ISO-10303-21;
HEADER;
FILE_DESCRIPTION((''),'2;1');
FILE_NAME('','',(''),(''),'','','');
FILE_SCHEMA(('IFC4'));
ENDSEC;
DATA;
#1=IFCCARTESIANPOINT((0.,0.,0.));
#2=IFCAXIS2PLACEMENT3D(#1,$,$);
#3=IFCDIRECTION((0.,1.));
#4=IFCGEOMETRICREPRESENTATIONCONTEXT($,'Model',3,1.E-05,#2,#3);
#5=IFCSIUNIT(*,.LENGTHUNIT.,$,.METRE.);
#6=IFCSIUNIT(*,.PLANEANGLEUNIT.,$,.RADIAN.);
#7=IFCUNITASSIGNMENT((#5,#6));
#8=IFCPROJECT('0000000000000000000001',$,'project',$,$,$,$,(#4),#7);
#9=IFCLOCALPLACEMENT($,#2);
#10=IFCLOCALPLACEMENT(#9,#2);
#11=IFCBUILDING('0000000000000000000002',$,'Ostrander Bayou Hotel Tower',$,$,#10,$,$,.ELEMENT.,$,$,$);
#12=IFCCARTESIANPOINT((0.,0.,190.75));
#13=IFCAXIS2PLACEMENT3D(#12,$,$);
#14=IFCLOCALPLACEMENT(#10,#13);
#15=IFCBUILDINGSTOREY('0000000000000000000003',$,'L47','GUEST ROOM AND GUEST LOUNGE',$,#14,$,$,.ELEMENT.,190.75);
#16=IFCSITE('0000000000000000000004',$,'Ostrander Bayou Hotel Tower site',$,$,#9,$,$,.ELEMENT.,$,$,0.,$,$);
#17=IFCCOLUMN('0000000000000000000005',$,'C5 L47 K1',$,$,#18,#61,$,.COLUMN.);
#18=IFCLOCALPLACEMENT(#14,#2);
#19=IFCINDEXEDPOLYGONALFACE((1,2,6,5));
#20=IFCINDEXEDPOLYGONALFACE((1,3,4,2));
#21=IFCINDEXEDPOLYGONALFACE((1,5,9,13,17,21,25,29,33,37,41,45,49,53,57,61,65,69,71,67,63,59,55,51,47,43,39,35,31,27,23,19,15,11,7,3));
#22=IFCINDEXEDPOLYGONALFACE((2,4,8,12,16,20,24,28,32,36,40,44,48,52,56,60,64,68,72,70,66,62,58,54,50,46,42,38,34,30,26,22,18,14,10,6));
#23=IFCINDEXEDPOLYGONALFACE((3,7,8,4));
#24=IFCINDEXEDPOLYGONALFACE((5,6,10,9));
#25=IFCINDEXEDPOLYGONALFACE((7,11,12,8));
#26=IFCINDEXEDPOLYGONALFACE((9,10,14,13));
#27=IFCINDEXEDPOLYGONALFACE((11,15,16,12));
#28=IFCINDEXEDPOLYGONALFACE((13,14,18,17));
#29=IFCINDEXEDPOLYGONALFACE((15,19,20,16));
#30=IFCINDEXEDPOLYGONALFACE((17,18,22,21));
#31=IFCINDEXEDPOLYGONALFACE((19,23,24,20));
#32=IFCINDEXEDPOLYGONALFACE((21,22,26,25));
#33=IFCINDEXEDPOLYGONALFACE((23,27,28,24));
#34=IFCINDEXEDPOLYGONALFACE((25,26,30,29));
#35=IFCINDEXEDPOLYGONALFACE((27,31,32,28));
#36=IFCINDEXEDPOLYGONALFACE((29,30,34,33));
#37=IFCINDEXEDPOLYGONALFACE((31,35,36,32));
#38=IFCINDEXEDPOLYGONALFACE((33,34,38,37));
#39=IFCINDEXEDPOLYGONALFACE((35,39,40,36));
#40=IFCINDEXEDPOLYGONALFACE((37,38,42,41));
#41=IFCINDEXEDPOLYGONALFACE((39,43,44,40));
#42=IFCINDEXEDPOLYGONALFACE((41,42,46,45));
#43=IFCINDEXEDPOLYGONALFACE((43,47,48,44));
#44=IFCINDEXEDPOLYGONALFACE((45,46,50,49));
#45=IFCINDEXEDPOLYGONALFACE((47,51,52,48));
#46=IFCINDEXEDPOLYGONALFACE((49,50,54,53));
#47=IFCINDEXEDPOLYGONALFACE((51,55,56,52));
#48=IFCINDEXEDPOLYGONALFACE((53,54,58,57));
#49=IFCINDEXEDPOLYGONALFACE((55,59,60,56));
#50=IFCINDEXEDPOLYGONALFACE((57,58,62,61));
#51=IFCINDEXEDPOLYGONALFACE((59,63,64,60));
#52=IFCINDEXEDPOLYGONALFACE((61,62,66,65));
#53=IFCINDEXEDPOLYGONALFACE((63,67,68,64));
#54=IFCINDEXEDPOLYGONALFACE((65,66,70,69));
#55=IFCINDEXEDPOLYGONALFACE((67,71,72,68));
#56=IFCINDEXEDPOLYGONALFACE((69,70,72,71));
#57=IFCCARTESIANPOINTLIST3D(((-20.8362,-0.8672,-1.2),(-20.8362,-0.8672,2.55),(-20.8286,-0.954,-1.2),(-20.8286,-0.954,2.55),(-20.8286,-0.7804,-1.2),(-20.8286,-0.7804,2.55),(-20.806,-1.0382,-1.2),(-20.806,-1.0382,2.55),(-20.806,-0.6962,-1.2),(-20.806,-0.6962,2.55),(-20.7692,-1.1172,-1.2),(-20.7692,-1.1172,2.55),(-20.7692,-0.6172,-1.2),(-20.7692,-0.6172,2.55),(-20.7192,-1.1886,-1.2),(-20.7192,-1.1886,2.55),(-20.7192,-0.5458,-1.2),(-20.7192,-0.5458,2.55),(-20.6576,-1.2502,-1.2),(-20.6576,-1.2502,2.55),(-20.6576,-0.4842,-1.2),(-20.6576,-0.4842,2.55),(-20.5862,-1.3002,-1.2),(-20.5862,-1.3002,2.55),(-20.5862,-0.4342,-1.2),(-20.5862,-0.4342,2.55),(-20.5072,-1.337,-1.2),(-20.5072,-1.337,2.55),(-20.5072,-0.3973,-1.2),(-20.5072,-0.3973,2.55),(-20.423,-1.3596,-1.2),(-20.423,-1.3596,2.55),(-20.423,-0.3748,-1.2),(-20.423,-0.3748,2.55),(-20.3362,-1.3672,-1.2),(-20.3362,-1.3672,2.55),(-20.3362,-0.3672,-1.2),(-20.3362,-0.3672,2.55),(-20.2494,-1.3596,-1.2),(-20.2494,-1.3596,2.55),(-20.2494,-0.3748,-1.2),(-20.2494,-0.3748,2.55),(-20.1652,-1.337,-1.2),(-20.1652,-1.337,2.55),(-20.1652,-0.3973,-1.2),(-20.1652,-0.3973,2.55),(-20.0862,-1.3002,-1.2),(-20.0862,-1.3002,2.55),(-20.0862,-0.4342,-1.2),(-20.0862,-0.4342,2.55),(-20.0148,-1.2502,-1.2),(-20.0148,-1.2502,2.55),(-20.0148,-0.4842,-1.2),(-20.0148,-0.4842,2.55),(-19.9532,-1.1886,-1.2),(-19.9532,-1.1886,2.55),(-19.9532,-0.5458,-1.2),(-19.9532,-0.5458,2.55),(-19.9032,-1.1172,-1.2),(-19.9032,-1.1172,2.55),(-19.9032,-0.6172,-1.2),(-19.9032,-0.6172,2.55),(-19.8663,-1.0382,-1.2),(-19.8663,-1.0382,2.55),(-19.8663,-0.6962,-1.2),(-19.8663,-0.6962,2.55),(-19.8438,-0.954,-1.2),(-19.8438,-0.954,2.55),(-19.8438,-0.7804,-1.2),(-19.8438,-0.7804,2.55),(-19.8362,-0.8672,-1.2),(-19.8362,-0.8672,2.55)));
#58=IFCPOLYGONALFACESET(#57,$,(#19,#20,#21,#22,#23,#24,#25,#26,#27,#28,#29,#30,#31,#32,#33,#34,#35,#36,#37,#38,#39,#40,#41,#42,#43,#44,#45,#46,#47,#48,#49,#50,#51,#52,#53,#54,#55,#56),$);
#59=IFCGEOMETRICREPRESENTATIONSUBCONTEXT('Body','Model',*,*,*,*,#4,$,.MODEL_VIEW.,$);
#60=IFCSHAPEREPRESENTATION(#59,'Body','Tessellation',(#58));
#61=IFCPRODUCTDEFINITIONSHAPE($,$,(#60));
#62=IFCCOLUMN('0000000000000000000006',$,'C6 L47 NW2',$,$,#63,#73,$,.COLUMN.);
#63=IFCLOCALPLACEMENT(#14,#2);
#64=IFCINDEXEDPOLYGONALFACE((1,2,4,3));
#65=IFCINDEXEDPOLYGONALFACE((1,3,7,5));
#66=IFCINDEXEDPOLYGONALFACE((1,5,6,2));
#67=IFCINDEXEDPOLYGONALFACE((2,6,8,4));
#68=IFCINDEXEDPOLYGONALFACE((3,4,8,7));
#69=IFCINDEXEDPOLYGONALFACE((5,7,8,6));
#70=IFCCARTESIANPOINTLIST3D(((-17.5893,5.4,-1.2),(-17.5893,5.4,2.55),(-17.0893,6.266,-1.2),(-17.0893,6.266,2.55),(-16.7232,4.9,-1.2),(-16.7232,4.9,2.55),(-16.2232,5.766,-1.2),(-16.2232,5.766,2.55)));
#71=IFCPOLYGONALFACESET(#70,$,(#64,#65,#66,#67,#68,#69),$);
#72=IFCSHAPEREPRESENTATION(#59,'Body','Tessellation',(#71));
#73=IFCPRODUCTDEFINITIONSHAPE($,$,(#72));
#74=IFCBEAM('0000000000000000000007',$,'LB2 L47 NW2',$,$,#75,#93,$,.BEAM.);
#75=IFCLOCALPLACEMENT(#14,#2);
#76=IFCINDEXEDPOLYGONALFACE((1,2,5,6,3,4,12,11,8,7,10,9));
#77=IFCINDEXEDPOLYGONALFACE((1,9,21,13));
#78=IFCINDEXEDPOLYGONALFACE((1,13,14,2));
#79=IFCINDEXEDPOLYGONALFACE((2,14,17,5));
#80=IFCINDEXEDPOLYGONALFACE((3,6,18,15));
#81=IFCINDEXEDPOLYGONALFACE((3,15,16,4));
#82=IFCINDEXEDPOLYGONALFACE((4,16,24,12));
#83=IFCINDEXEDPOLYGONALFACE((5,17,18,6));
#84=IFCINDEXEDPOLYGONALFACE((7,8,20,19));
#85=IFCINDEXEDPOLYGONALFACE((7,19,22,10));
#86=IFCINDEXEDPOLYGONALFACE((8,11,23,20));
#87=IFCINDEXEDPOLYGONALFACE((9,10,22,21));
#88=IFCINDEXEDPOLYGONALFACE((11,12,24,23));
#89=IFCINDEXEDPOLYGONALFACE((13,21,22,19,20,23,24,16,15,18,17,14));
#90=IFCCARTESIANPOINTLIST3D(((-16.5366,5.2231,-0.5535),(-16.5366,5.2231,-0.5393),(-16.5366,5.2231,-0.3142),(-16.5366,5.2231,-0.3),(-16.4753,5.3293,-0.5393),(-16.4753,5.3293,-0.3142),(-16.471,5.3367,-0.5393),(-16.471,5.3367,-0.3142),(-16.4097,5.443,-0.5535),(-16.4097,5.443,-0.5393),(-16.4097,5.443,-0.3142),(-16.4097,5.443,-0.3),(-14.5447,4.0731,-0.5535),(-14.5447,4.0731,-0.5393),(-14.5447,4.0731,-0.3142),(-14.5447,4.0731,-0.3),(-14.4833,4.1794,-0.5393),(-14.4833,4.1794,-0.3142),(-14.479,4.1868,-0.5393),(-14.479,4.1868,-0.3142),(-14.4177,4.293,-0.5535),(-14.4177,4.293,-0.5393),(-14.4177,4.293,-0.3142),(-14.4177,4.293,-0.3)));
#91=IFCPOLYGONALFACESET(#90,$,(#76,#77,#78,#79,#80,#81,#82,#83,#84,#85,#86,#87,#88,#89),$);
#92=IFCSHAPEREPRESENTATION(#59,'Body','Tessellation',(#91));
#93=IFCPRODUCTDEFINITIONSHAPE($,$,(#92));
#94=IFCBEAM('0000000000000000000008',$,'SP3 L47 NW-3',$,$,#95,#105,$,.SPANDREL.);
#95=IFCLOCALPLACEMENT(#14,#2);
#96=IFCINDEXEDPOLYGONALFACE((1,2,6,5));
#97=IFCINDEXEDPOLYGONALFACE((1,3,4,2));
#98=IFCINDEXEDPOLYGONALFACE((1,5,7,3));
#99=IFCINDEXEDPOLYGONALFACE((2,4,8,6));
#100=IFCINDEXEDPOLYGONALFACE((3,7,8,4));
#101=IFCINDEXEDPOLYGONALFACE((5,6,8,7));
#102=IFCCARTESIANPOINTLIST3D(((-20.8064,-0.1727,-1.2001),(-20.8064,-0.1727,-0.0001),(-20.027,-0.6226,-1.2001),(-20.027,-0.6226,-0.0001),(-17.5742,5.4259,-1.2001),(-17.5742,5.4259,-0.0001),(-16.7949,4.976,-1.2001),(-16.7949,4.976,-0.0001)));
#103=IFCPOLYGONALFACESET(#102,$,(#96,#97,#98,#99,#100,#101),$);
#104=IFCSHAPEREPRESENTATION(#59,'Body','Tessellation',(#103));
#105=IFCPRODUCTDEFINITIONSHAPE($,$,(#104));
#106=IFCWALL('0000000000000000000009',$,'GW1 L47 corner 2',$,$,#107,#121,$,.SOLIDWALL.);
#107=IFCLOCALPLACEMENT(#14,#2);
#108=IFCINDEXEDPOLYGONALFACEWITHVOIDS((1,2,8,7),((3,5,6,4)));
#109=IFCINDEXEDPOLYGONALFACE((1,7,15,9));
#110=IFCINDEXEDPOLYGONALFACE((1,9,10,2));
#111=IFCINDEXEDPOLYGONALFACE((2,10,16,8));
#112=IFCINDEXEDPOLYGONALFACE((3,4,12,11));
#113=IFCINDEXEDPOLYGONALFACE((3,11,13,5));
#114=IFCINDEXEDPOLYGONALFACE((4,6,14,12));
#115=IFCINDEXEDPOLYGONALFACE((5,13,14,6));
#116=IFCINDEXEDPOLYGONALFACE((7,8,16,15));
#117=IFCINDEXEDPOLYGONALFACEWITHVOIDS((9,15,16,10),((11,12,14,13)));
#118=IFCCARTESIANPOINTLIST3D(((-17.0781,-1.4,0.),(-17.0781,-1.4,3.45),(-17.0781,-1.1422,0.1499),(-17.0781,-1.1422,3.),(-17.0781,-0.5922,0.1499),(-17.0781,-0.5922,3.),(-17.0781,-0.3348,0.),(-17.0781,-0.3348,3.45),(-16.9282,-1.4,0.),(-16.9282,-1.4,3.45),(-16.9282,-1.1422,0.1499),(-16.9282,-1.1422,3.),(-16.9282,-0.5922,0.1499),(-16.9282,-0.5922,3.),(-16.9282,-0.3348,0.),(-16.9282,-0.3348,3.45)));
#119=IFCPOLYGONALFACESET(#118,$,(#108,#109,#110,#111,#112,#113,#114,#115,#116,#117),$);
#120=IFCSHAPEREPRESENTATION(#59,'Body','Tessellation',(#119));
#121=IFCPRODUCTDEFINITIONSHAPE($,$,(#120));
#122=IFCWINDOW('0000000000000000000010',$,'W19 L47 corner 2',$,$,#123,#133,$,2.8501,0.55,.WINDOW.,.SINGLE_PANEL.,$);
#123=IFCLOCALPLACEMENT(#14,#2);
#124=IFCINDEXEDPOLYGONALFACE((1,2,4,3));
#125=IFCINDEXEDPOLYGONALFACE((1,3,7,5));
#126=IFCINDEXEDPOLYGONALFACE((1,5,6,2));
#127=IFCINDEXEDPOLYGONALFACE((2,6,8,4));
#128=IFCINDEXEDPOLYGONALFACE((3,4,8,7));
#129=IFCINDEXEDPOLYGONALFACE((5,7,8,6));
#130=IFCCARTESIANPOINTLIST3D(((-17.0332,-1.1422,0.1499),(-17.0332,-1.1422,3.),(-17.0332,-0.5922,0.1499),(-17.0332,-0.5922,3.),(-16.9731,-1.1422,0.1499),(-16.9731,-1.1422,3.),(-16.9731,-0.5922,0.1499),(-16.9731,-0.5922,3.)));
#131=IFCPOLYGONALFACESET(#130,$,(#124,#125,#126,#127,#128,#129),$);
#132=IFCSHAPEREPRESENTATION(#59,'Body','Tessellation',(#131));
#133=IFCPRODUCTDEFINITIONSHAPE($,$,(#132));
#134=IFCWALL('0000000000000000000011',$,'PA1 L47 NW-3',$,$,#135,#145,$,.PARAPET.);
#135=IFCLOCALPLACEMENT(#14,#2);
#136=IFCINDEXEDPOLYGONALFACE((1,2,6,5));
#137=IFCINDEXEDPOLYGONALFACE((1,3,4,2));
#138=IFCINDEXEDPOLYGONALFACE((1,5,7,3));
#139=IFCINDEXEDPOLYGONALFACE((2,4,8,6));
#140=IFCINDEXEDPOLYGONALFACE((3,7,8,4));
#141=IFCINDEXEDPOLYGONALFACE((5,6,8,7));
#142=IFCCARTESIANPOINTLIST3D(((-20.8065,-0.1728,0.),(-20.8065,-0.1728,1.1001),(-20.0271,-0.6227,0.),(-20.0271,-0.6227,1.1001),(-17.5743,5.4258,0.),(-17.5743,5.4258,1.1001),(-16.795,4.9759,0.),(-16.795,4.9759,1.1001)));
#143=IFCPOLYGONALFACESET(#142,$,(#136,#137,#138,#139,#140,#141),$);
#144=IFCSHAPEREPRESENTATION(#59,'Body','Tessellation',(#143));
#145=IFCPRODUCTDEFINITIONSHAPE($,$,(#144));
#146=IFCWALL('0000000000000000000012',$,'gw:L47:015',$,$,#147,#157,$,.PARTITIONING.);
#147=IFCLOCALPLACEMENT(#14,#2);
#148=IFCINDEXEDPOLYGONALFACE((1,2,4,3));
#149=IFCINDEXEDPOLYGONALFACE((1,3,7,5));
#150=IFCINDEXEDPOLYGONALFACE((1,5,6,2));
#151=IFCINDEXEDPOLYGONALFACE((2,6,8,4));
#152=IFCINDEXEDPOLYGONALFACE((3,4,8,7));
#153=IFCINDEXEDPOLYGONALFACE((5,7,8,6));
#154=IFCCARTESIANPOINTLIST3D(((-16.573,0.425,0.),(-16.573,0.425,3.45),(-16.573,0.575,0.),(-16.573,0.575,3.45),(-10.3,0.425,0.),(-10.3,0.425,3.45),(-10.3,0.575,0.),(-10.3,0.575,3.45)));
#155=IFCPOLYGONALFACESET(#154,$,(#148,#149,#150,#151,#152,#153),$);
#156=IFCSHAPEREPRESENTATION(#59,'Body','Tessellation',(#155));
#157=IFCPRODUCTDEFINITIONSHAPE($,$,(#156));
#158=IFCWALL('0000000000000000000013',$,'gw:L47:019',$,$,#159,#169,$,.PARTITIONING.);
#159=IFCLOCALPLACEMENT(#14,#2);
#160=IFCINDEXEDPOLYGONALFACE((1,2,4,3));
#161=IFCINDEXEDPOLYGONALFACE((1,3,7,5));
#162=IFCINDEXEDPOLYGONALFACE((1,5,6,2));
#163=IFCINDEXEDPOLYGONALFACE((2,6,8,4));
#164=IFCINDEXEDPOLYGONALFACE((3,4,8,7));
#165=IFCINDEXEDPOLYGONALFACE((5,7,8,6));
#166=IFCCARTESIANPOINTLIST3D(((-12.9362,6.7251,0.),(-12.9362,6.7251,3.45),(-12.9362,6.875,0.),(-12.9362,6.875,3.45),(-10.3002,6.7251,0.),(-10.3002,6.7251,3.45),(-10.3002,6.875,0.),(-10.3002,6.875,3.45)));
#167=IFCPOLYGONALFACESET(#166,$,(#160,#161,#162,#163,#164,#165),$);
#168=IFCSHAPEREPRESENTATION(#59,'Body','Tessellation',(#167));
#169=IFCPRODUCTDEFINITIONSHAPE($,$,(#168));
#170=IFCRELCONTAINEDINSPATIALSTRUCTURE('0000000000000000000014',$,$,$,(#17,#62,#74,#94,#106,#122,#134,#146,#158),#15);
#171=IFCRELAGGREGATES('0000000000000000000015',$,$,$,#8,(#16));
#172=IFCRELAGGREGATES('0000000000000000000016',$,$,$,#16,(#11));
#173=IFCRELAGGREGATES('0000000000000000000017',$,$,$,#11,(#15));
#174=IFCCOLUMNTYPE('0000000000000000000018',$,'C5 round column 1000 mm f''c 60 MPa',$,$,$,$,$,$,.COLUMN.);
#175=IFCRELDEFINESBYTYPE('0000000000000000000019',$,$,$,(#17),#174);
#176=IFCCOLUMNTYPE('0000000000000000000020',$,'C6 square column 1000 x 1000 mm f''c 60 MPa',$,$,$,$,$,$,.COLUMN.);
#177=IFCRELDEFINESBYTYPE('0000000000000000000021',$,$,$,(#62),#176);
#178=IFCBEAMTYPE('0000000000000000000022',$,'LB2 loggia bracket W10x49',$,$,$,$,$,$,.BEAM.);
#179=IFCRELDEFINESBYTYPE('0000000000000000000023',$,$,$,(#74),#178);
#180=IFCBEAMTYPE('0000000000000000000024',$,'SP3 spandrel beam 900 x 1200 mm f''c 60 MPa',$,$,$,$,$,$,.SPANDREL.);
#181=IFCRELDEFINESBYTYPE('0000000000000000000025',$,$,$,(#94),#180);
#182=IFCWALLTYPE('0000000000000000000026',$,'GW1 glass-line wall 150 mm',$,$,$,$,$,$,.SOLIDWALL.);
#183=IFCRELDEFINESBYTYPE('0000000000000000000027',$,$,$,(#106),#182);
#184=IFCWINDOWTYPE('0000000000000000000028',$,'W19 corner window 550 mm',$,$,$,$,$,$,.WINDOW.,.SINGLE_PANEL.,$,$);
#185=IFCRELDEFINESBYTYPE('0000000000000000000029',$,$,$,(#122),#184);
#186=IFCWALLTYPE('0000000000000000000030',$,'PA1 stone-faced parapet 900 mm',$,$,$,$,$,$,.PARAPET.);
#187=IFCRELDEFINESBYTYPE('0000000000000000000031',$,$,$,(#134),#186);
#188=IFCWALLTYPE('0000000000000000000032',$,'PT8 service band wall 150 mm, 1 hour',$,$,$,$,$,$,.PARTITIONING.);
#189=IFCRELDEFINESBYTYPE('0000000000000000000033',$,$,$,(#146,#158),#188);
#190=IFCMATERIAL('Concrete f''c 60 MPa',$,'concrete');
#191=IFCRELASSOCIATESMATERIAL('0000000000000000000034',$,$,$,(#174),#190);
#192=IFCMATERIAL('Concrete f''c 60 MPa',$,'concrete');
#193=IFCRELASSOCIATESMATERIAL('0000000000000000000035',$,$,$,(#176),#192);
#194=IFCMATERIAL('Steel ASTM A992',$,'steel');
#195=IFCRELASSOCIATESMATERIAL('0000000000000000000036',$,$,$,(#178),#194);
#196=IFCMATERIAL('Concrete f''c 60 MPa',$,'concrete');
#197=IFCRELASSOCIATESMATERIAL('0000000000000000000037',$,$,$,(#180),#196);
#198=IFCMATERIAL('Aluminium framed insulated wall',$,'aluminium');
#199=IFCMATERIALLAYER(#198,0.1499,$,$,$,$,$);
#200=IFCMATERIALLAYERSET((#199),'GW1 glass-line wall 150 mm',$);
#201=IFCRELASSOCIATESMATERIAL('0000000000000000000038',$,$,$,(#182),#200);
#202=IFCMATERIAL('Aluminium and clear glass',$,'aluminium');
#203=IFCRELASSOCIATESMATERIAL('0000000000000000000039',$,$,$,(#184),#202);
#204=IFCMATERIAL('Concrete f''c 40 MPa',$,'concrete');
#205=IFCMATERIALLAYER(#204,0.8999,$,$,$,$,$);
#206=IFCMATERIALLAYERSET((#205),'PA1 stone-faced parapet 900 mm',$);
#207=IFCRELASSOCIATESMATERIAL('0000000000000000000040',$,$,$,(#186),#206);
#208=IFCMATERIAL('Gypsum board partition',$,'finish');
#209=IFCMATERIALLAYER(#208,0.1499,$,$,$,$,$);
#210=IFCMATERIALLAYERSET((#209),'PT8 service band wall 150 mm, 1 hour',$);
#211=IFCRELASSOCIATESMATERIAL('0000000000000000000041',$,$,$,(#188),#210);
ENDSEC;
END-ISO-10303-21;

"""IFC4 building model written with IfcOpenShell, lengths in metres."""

from ifc_helpers import new_model, si_unit, direction, frame, frame_2d, origin, origin_2d, place, context, subcontext, project, spatial, rectangle, circle, i_section, extrude, material, layer, layer_set, material_profile, profile_set, type_object, element, fill, save


model = new_model("IFC4")

# Units and contexts
model_context = context("Model", 3, precision=1e-05, world=origin(), true_north=direction((0.0, 1.0)))
body_context = subcontext(model_context, "Body", "Model", "MODEL_VIEW")
ifc_project = project(units=[si_unit("LENGTHUNIT", "METRE"), si_unit("PLANEANGLEUNIT", "RADIAN")], contexts=[model_context])

# Site, building, storey
site_placement = place(None, origin())
site = spatial("IfcSite", under=ifc_project, at=site_placement, Name="Ostrander Bayou Hotel Tower site", CompositionType="ELEMENT", RefElevation=0.0)
building_placement = place(site_placement, origin())
building = spatial("IfcBuilding", under=site, at=building_placement, Name="Ostrander Bayou Hotel Tower", CompositionType="ELEMENT")
storey_placement = place(building_placement, frame((0.0, 0.0, 190.75)))
storey = spatial("IfcBuildingStorey", under=building, at=storey_placement, Name="L47", Description="GUEST ROOM AND GUEST LOUNGE", CompositionType="ELEMENT", Elevation=190.75)

# Columns
ifc_material_1 = material(Name="Concrete f'c 60 MPa", Category="concrete")
ifc_material_profile_1 = material_profile(ifc_material_1, circle(Radius=0.5, at=origin_2d()))
ifc_profile_set_1 = profile_set([ifc_material_profile_1], Name="Concrete f'c 60 MPa")
column_type_1 = type_object("IfcColumnType", Name="C5 round column 1000 mm f'c 60 MPa", PredefinedType="COLUMN", material=ifc_profile_set_1)
column_1_placement = place(storey_placement, frame((-20.3362, -0.8672, -1.2), z_axis=(0.0, 0.0, 1.0), x_axis=(1.0, 0.0, 0.0)))
element("IfcColumn", 1, at=column_1_placement, inside=storey, type_object=column_type_1, Name="C5 L47 K1", PredefinedType="COLUMN", context=body_context, shape_type="SweptSolid", body=[
    extrude(circle(Radius=0.5, at=origin_2d()), origin(), (0.0, 0.0, 1.0), 3.75),
])
ifc_material_2 = material(Name="Concrete f'c 60 MPa", Category="concrete")
ifc_material_profile_2 = material_profile(ifc_material_2, rectangle(XDim=1.0, YDim=1.0, at=origin_2d()))
ifc_profile_set_2 = profile_set([ifc_material_profile_2], Name="Concrete f'c 60 MPa")
column_type_2 = type_object("IfcColumnType", Name="C6 square column 1000 x 1000 mm f'c 60 MPa", PredefinedType="COLUMN", material=ifc_profile_set_2)
column_2_placement = place(storey_placement, frame((-16.9062, 5.583, -1.2), z_axis=(0.0, 0.0, 1.0), x_axis=(0.5, 0.866025, 0.0)))
element("IfcColumn", 2, at=column_2_placement, inside=storey, type_object=column_type_2, Name="C6 L47 NW2", PredefinedType="COLUMN", context=body_context, shape_type="SweptSolid", body=[
    extrude(rectangle(XDim=1.0, YDim=1.0, at=origin_2d()), origin(), (0.0, 0.0, 1.0), 3.75),
])

# Beams
ifc_material_3 = material(Name="Steel ASTM A992", Category="steel")
ifc_material_profile_3 = material_profile(ifc_material_3, i_section(OverallWidth=0.2539, OverallDepth=0.2534, WebThickness=0.0085, FlangeThickness=0.0142, at=origin_2d()))
ifc_profile_set_3 = profile_set([ifc_material_profile_3], Name="Steel ASTM A992")
beam_type_1 = type_object("IfcBeamType", Name="LB2 loggia bracket W10x49", PredefinedType="BEAM", material=ifc_profile_set_3)
beam_1_placement = place(storey_placement, frame((-16.4731, 5.333, -0.4268), z_axis=(0.866053, -0.499952, 0.0), x_axis=(0.499952, 0.866053, 0.0)))
element("IfcBeam", 3, at=beam_1_placement, inside=storey, type_object=beam_type_1, Name="LB2 L47 NW2", PredefinedType="BEAM", context=body_context, shape_type="SweptSolid", body=[
    extrude(i_section(OverallWidth=0.2539, OverallDepth=0.2534, WebThickness=0.0085, FlangeThickness=0.0142, at=origin_2d()), origin(), (0.0, 0.0, 1.0), 2.3),
])
ifc_material_4 = material(Name="Concrete f'c 60 MPa", Category="concrete")
ifc_material_profile_4 = material_profile(ifc_material_4, rectangle(XDim=0.8999, YDim=1.2, at=origin_2d()))
ifc_profile_set_4 = profile_set([ifc_material_profile_4], Name="Concrete f'c 60 MPa")
beam_type_2 = type_object("IfcBeamType", Name="SP3 spandrel beam 900 x 1200 mm f'c 60 MPa", PredefinedType="SPANDREL", material=ifc_profile_set_4)
beam_2_placement = place(storey_placement, frame((-17.1846, 5.2009, -0.6001), z_axis=(-0.499977, -0.866038, 0.0), x_axis=(0.866038, -0.499977, 0.0)))
element("IfcBeam", 4, at=beam_2_placement, inside=storey, type_object=beam_type_2, Name="SP3 L47 NW-3", PredefinedType="SPANDREL", context=body_context, shape_type="SweptSolid", body=[
    extrude(rectangle(XDim=0.8999, YDim=1.2, at=origin_2d()), origin(), (0.0, 0.0, 1.0), 6.4646),
])

# Wall, opening, window
ifc_material_5 = material(Name="Aluminium framed insulated wall", Category="aluminium")
ifc_layer_1 = layer(ifc_material_5, 0.1499)
ifc_layer_set_1 = layer_set([ifc_layer_1], Name="GW1 glass-line wall 150 mm")
wall_type_1 = type_object("IfcWallType", Name="GW1 glass-line wall 150 mm", PredefinedType="SOLIDWALL", material=ifc_layer_set_1)
wall_1_placement = place(storey_placement, frame((-17.0032, -0.3347, 0.0), z_axis=(0.0, 0.0, 1.0), x_axis=(0.0, -1.0, 0.0)))
wall_1 = element("IfcWall", 5, at=wall_1_placement, inside=storey, type_object=wall_type_1, Name="GW1 L47 corner 2", PredefinedType="SOLIDWALL", context=body_context, shape_type="SweptSolid", body=[
    extrude(rectangle(XDim=1.0652, YDim=0.1499, at=frame_2d((0.5327, 0.0))), origin(), (0.0, 0.0, 1.0), 3.45),
])
opening_placement = place(wall_1_placement, frame((0.2576, 0.0, 0.1499)))
opening = element("IfcOpeningElement", 6, at=opening_placement, cuts=wall_1, PredefinedType="OPENING", context=body_context, shape_type="SweptSolid", body=[
    extrude(rectangle(XDim=0.55, YDim=2.8501, at=frame_2d((0.2749, 1.425))), frame((0.0, 0.075, 0.0), z_axis=(0.0, -1.0, 0.0), x_axis=(1.0, 0.0, 0.0)), (0.0, 0.0, 1.0), 0.1499),
])
ifc_material_6 = material(Name="Aluminium and clear glass", Category="aluminium")
window_type = type_object("IfcWindowType", Name="W19 corner window 550 mm", PartitioningType="SINGLE_PANEL", PredefinedType="WINDOW", material=ifc_material_6)
window_placement = place(opening_placement, origin())
window = element("IfcWindow", 7, at=window_placement, inside=storey, type_object=window_type, Name="W19 L47 corner 2", OverallHeight=2.8501, OverallWidth=0.55, PartitioningType="SINGLE_PANEL", PredefinedType="WINDOW", context=body_context, shape_type="SweptSolid", body=[
    extrude(rectangle(XDim=0.55, YDim=2.8501, at=frame_2d((0.2749, 1.425))), frame((0.0, 0.03, 0.0), z_axis=(0.0, -1.0, 0.0), x_axis=(1.0, 0.0, 0.0)), (0.0, 0.0, 1.0), 0.0601),
])
fill(opening, window)

# Walls
ifc_material_7 = material(Name="Concrete f'c 40 MPa", Category="concrete")
ifc_layer_2 = layer(ifc_material_7, 0.8999)
ifc_layer_set_2 = layer_set([ifc_layer_2], Name="PA1 stone-faced parapet 900 mm")
wall_type_2 = type_object("IfcWallType", Name="PA1 stone-faced parapet 900 mm", PredefinedType="PARAPET", material=ifc_layer_set_2)
wall_2_placement = place(storey_placement, frame((-17.1846, 5.2009, 0.0), z_axis=(0.0, 0.0, 1.0), x_axis=(-0.499977, -0.866038, 0.0)))
element("IfcWall", 8, at=wall_2_placement, inside=storey, type_object=wall_type_2, Name="PA1 L47 NW-3", PredefinedType="PARAPET", context=body_context, shape_type="SweptSolid", body=[
    extrude(rectangle(XDim=6.4646, YDim=0.8999, at=frame_2d((3.2324, 0.0))), origin(), (0.0, 0.0, 1.0), 1.1001),
])
ifc_material_8 = material(Name="Gypsum board partition", Category="finish")
ifc_layer_3 = layer(ifc_material_8, 0.1499)
ifc_layer_set_3 = layer_set([ifc_layer_3], Name="PT8 service band wall 150 mm, 1 hour")
wall_type_3 = type_object("IfcWallType", Name="PT8 service band wall 150 mm, 1 hour", PredefinedType="PARTITIONING", material=ifc_layer_set_3)
wall_3_placement = place(storey_placement, frame((-16.573, 0.5, 0.0), z_axis=(0.0, 0.0, 1.0), x_axis=(1.0, 0.0, 0.0)))
element("IfcWall", 9, at=wall_3_placement, inside=storey, type_object=wall_type_3, Name="gw:L47:015", PredefinedType="PARTITIONING", context=body_context, shape_type="SweptSolid", body=[
    extrude(rectangle(XDim=6.2729, YDim=0.1499, at=frame_2d((3.1365, 0.0))), origin(), (0.0, 0.0, 1.0), 3.45),
])
wall_4_placement = place(storey_placement, frame((-12.936, 6.8, 0.0), z_axis=(0.0, 0.0, 1.0), x_axis=(1.0, 0.0, 0.0)))
element("IfcWall", 10, at=wall_4_placement, inside=storey, type_object=wall_type_3, Name="gw:L47:019", PredefinedType="PARTITIONING", context=body_context, shape_type="SweptSolid", body=[
    extrude(rectangle(XDim=2.636, YDim=0.1499, at=frame_2d((1.3179, 0.0))), origin(), (0.0, 0.0, 1.0), 3.45),
])

save(model, "model.ifc")
